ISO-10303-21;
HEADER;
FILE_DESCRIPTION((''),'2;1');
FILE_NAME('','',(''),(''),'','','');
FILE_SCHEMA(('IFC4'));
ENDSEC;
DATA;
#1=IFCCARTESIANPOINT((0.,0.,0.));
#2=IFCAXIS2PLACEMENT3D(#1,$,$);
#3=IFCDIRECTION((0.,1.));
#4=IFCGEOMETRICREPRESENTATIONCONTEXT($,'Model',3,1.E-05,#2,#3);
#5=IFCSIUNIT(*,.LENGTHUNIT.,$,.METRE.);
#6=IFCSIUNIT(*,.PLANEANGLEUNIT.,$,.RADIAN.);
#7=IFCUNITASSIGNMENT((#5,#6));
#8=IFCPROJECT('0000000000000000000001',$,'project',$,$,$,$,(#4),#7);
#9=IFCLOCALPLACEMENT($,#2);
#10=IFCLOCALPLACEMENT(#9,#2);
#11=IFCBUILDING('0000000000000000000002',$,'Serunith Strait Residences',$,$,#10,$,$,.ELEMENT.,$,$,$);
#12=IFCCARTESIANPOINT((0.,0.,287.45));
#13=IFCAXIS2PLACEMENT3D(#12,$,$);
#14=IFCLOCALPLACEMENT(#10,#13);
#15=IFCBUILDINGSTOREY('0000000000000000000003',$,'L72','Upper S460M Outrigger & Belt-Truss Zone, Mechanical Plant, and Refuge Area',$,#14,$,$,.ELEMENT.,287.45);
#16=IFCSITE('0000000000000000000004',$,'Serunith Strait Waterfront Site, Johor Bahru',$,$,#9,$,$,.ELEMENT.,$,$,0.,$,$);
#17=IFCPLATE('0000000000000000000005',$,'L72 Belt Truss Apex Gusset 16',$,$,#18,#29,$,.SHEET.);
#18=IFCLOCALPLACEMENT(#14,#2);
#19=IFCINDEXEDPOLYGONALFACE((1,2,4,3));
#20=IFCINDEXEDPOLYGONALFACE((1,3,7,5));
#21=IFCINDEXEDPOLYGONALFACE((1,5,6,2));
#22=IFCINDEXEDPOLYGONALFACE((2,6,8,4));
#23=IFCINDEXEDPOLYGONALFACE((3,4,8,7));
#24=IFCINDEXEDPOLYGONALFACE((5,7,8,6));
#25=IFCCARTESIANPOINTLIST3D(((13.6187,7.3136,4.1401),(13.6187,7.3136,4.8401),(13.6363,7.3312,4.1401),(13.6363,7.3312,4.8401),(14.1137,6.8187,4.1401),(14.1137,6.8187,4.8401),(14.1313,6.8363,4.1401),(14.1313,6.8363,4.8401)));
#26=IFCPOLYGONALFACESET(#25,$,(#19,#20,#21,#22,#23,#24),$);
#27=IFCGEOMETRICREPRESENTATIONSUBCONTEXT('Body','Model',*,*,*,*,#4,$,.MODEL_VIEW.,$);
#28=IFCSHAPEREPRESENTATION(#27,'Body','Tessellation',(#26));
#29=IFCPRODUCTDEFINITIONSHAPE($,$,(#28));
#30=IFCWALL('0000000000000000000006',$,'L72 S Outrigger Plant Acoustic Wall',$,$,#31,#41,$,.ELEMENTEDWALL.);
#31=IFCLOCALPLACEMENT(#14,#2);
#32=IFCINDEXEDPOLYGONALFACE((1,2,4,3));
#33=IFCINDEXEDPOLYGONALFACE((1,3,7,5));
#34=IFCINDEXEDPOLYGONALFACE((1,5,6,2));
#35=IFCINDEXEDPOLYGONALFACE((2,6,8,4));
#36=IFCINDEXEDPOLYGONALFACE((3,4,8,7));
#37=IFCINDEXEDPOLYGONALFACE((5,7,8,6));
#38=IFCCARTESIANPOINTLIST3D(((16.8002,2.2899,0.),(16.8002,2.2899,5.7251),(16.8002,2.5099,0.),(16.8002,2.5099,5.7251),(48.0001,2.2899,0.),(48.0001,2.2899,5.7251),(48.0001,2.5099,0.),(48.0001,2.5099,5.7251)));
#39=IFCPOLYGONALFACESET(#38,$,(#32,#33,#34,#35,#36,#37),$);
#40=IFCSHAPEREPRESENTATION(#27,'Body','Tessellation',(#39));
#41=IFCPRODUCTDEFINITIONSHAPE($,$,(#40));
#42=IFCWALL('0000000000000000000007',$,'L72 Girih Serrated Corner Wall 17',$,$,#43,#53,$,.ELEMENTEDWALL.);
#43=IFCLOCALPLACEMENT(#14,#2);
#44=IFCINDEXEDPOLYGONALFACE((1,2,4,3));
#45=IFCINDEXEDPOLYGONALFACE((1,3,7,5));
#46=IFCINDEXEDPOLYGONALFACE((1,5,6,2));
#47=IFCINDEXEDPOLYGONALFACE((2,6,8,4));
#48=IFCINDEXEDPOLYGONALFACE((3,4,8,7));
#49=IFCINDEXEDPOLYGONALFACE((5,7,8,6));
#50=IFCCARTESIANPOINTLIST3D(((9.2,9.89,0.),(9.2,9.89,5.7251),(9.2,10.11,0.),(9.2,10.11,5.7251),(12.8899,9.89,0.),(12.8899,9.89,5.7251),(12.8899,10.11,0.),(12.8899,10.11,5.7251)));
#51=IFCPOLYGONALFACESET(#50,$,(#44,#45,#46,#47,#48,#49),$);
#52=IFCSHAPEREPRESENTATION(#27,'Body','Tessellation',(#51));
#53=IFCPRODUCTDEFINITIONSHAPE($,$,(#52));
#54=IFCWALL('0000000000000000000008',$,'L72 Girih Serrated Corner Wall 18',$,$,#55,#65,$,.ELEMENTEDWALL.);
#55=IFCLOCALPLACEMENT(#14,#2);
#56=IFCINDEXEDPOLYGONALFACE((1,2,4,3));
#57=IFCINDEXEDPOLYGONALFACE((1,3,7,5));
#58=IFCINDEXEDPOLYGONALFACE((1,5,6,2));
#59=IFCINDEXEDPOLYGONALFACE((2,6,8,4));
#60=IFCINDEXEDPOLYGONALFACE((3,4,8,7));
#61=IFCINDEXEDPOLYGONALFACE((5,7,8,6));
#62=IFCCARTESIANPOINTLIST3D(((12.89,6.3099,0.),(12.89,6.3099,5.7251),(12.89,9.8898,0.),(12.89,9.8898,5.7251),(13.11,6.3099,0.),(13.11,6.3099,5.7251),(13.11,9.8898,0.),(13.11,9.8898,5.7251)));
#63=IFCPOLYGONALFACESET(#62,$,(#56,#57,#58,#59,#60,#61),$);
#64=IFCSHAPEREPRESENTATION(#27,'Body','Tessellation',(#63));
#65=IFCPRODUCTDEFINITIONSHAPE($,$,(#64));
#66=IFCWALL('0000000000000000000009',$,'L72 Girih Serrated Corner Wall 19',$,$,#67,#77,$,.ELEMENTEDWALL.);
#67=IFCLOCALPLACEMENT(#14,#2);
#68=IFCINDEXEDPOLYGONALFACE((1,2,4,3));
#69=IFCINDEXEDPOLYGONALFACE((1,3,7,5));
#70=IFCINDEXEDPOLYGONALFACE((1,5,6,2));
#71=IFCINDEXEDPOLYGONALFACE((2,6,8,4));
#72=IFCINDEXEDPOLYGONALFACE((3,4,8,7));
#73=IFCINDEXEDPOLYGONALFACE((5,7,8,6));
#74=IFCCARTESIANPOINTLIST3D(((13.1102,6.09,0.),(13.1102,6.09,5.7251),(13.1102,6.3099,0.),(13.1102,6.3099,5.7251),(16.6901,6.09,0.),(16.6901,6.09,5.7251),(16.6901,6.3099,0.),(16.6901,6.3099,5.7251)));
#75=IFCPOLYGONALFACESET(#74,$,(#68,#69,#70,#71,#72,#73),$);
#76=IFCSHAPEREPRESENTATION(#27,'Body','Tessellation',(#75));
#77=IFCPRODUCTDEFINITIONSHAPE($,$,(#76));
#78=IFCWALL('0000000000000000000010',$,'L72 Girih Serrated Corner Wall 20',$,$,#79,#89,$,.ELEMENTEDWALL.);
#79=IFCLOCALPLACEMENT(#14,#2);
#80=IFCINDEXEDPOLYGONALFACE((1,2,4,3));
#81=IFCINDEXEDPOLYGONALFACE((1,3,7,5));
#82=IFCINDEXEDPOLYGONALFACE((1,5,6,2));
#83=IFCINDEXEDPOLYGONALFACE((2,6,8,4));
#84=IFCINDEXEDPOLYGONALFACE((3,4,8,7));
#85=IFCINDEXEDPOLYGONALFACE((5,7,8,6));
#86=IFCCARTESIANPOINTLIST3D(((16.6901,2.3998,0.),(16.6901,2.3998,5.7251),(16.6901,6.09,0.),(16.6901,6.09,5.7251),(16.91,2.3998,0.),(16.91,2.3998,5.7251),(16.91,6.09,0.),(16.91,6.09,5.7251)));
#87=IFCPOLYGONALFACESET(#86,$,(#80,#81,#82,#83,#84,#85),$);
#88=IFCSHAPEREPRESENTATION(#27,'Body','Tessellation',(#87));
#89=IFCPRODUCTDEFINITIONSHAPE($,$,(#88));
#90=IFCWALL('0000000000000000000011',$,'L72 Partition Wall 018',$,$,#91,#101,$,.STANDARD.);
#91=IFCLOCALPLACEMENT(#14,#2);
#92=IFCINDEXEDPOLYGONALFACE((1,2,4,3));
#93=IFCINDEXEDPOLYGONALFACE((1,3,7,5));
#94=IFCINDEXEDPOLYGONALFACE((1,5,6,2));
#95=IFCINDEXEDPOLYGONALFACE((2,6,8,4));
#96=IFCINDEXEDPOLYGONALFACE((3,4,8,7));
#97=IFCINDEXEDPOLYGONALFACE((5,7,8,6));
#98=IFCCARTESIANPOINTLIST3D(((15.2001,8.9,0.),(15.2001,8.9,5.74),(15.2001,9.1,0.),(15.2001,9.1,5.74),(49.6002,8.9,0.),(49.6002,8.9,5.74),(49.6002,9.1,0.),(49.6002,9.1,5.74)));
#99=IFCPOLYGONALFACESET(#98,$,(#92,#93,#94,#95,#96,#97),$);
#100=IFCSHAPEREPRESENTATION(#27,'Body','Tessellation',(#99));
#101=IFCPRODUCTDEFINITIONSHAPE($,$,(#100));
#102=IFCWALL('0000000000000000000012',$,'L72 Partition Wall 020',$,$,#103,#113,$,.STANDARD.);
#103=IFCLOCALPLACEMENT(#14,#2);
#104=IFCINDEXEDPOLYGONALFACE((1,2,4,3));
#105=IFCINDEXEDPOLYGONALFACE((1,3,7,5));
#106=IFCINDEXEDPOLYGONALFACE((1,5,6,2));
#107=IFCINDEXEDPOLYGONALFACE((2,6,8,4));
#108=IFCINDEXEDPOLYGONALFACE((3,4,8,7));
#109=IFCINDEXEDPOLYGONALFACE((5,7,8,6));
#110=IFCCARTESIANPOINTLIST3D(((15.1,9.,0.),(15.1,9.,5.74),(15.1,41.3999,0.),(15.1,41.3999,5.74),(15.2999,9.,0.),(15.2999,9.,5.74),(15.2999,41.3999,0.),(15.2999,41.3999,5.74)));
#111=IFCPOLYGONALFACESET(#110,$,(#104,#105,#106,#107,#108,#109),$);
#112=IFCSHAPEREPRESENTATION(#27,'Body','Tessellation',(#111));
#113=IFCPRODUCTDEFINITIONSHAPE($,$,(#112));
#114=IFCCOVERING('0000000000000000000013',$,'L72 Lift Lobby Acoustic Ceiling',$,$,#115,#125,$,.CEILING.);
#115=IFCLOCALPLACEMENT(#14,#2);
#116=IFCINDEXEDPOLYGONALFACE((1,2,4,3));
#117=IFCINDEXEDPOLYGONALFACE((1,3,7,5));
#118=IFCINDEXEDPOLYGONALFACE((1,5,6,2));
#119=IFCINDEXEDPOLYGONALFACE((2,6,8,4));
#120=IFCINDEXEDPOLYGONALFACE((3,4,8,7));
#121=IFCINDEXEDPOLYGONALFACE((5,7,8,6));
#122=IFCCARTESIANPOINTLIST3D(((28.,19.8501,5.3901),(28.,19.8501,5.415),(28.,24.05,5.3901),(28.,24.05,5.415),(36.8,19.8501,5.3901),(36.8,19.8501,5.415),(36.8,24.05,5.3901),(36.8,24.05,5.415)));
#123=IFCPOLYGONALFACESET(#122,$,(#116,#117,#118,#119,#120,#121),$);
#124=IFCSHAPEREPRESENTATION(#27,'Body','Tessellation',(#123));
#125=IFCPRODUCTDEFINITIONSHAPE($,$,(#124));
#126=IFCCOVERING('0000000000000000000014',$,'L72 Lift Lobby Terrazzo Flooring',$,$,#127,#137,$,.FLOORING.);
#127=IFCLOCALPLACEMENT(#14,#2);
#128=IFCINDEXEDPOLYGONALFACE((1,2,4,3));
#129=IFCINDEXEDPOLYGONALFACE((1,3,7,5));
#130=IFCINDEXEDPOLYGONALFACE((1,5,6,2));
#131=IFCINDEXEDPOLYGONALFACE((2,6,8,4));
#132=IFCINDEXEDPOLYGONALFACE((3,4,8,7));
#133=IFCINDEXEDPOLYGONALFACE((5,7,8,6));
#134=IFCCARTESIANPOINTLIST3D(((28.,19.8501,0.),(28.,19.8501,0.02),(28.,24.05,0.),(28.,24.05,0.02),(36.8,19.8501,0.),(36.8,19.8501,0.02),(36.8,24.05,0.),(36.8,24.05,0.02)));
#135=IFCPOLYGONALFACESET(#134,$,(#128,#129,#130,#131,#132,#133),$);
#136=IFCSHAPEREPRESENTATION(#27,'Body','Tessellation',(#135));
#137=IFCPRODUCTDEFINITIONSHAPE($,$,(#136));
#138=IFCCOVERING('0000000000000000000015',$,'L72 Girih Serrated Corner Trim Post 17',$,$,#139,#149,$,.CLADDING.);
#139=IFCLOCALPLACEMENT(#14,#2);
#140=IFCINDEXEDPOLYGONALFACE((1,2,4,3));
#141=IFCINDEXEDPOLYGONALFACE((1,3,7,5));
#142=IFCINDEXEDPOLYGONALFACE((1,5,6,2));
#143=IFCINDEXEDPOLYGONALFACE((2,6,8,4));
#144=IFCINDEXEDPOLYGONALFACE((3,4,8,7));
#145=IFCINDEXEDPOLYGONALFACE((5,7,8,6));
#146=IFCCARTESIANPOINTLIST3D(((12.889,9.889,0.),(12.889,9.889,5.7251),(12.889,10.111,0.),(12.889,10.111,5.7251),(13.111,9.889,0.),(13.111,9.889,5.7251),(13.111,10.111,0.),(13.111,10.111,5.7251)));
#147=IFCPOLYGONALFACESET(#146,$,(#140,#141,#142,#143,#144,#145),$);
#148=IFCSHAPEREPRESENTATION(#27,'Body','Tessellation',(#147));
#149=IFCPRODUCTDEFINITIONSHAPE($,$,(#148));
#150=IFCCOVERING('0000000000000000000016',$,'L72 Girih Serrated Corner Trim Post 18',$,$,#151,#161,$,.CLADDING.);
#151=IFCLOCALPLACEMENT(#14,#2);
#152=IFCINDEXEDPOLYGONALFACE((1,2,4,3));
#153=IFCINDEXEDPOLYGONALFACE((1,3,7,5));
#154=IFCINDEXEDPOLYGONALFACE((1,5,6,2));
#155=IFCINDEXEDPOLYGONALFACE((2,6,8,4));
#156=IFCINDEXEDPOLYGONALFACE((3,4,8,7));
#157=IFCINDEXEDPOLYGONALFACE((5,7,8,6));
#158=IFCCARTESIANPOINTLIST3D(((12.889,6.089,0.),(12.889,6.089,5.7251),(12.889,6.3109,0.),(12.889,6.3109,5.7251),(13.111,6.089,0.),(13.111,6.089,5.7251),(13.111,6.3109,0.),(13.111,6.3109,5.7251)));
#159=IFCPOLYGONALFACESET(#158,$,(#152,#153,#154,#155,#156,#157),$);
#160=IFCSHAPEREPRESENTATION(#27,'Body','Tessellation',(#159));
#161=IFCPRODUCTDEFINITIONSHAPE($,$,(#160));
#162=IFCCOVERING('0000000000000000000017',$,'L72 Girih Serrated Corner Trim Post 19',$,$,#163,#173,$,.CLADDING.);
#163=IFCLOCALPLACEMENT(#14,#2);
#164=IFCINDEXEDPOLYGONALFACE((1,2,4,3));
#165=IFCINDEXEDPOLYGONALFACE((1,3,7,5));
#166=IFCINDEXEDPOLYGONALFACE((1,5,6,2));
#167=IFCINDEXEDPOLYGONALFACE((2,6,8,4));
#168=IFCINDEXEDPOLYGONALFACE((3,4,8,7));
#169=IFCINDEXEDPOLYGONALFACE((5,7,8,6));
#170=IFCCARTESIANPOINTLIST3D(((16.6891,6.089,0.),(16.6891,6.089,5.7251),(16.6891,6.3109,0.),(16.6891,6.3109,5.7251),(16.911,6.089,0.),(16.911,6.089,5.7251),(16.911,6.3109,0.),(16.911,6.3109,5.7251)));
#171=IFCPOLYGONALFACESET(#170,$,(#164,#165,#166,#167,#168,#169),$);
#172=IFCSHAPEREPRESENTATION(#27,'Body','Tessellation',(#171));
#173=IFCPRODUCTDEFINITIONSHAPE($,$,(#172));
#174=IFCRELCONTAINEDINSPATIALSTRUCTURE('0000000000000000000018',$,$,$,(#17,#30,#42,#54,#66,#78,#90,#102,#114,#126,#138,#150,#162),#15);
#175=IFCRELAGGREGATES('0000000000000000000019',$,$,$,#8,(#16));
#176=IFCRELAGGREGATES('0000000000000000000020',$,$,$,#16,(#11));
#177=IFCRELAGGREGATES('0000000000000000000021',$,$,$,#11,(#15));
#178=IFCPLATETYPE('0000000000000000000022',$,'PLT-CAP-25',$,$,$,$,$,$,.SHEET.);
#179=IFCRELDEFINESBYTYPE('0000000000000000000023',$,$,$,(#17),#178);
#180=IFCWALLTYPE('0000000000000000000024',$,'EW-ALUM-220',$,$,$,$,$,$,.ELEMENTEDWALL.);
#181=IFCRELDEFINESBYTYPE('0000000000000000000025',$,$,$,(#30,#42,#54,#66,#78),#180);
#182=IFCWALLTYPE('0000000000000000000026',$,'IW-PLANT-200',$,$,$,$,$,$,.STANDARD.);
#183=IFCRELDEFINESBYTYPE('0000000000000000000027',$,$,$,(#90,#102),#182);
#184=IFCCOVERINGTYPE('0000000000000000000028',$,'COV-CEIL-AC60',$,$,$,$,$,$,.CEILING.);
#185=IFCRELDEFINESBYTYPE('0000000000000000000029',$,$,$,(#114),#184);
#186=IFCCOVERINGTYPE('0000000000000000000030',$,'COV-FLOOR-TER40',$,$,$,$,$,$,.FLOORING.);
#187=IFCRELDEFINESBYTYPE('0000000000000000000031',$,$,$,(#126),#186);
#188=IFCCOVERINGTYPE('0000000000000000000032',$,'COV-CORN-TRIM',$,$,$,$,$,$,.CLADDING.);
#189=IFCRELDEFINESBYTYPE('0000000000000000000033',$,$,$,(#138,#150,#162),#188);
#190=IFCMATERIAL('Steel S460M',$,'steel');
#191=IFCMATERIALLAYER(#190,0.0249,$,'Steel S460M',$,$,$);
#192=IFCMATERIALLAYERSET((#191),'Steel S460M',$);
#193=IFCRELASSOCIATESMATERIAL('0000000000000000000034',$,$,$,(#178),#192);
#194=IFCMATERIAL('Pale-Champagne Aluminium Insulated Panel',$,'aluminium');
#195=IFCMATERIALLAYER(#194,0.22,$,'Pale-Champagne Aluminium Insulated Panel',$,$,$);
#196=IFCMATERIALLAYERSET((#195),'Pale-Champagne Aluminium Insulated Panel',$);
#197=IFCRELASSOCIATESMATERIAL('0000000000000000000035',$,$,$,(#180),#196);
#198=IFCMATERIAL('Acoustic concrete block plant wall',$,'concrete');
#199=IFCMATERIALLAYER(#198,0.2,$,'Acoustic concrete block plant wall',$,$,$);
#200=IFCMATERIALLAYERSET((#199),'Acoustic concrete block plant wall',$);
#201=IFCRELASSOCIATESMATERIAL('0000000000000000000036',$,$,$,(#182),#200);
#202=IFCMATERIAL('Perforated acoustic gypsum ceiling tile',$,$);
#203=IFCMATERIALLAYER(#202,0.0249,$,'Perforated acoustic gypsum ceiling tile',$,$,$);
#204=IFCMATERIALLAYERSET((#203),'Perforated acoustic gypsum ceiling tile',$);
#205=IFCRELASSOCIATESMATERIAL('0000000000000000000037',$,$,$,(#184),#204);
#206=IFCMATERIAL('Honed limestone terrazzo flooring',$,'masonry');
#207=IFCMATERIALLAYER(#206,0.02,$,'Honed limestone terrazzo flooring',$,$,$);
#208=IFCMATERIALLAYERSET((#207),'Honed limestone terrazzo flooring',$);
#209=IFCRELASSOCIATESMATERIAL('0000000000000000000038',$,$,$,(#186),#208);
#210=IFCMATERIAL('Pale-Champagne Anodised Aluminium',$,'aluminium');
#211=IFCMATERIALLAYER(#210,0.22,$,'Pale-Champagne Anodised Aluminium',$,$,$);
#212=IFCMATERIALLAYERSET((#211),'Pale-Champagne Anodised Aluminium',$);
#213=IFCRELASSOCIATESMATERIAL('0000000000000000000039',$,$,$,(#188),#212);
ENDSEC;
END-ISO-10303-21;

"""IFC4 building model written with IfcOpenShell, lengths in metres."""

from ifc_helpers import new_model, si_unit, direction, frame, frame_2d, origin, origin_2d, place, context, subcontext, project, spatial, polyline, rectangle, outline, extrude, source, transform, mapped, material, layer, layer_set, type_object, element, save


model = new_model("IFC4")

# Units and contexts
model_context = context("Model", 3, precision=1e-05, world=origin(), true_north=direction((0.0, 1.0)))
body_context = subcontext(model_context, "Body", "Model", "MODEL_VIEW")
ifc_project = project(units=[si_unit("LENGTHUNIT", "METRE"), si_unit("PLANEANGLEUNIT", "RADIAN")], contexts=[model_context])

# Site, building, storey
site_placement = place(None, origin())
site = spatial("IfcSite", under=ifc_project, at=site_placement, Name="Serunith Strait Waterfront Site, Johor Bahru", CompositionType="ELEMENT", RefElevation=0.0)
building_placement = place(site_placement, origin())
building = spatial("IfcBuilding", under=site, at=building_placement, Name="Serunith Strait Residences", CompositionType="ELEMENT")
storey_placement = place(building_placement, frame((0.0, 0.0, 287.45)))
storey = spatial("IfcBuildingStorey", under=building, at=storey_placement, Name="L72", Description="Upper S460M Outrigger & Belt-Truss Zone, Mechanical Plant, and Refuge Area", CompositionType="ELEMENT", Elevation=287.45)

# Shared definitions
ifc_material_1 = material(Name="Steel S460M", Category="steel")

# Plate
ifc_layer_1 = layer(ifc_material_1, 0.0249, Name="Steel S460M")
ifc_layer_set_1 = layer_set([ifc_layer_1], Name="Steel S460M")
plate_type = type_object("IfcPlateType", Name="PLT-CAP-25", PredefinedType="SHEET", material=ifc_layer_set_1)
shared_shape_1 = source(origin(), body_context, "Body", "SweptSolid", [
    extrude(rectangle(XDim=0.7, YDim=0.0249, at=origin_2d()), origin(), (0.0, 0.0, 1.0), 0.7),
])
plate_placement = place(storey_placement, frame((13.875, 7.075, 4.1401), z_axis=(0.0, 0.0, 1.0), x_axis=(0.707107, -0.707107, 0.0)))
element("IfcPlate", 1, at=plate_placement, inside=storey, type_object=plate_type, Name="L72 Belt Truss Apex Gusset 16", PredefinedType="SHEET", context=body_context, shape_type="MappedRepresentation", body=[
    mapped(shared_shape_1, transform((0.0, 0.0, 0.0), scale=1.0)),
])

# Walls
ifc_material_2 = material(Name="Pale-Champagne Aluminium Insulated Panel", Category="aluminium")
ifc_layer_2 = layer(ifc_material_2, 0.22, Name="Pale-Champagne Aluminium Insulated Panel")
ifc_layer_set_2 = layer_set([ifc_layer_2], Name="Pale-Champagne Aluminium Insulated Panel")
wall_type_1 = type_object("IfcWallType", Name="EW-ALUM-220", PredefinedType="ELEMENTEDWALL", material=ifc_layer_set_2)
wall_1_placement = place(storey_placement, frame((16.8, 2.3999, 0.0), z_axis=(0.0, 0.0, 1.0), x_axis=(1.0, 0.0, 0.0)))
element("IfcWall", 2, at=wall_1_placement, inside=storey, type_object=wall_type_1, Name="L72 S Outrigger Plant Acoustic Wall", PredefinedType="ELEMENTEDWALL", context=body_context, shape_type="SweptSolid", body=[
    extrude(rectangle(XDim=31.2, YDim=0.22, at=frame_2d((15.6001, 0.0))), origin(), (0.0, 0.0, 1.0), 5.7251),
])
wall_2_placement = place(storey_placement, frame((9.2, 10.0, 0.0), z_axis=(0.0, 0.0, 1.0), x_axis=(1.0, 0.0, 0.0)))
element("IfcWall", 3, at=wall_2_placement, inside=storey, type_object=wall_type_1, Name="L72 Girih Serrated Corner Wall 17", PredefinedType="ELEMENTEDWALL", context=body_context, shape_type="SweptSolid", body=[
    extrude(rectangle(XDim=3.6899, YDim=0.22, at=frame_2d((1.845, 0.0))), origin(), (0.0, 0.0, 1.0), 5.7251),
])
for number, where, z_axis, x_axis, name in (
    (4, (13.0, 9.8899, 0.0), (0.0, 0.0, 1.0), (0.0, -1.0, 0.0), "L72 Girih Serrated Corner Wall 18"),
    (5, (13.1101, 6.2, 0.0), (0.0, 0.0, 1.0), (1.0, 0.0, 0.0), "L72 Girih Serrated Corner Wall 19"),
):
    element("IfcWall", number, at=place(storey_placement, frame(where, z_axis=z_axis, x_axis=x_axis)), inside=storey, type_object=wall_type_1, Name=name, PredefinedType="ELEMENTEDWALL", context=body_context, shape_type="SweptSolid", body=[
        extrude(rectangle(XDim=3.5798, YDim=0.22, at=frame_2d((1.79, 0.0))), origin(), (0.0, 0.0, 1.0), 5.7251),
    ])
wall_3_placement = place(storey_placement, frame((16.8, 6.0901, 0.0), z_axis=(0.0, 0.0, 1.0), x_axis=(0.0, -1.0, 0.0)))
element("IfcWall", 6, at=wall_3_placement, inside=storey, type_object=wall_type_1, Name="L72 Girih Serrated Corner Wall 20", PredefinedType="ELEMENTEDWALL", context=body_context, shape_type="SweptSolid", body=[
    extrude(rectangle(XDim=3.6902, YDim=0.22, at=frame_2d((1.8452, 0.0))), origin(), (0.0, 0.0, 1.0), 5.7251),
])
ifc_material_3 = material(Name="Acoustic concrete block plant wall", Category="concrete")
ifc_layer_3 = layer(ifc_material_3, 0.2, Name="Acoustic concrete block plant wall")
ifc_layer_set_3 = layer_set([ifc_layer_3], Name="Acoustic concrete block plant wall")
wall_type_2 = type_object("IfcWallType", Name="IW-PLANT-200", PredefinedType="STANDARD", material=ifc_layer_set_3)
wall_4_placement = place(storey_placement, frame((15.2, 9.0, 0.0), z_axis=(0.0, 0.0, 1.0), x_axis=(1.0, 0.0, 0.0)))
element("IfcWall", 7, at=wall_4_placement, inside=storey, type_object=wall_type_2, Name="L72 Partition Wall 018", PredefinedType="STANDARD", context=body_context, shape_type="SweptSolid", body=[
    extrude(rectangle(XDim=34.4001, YDim=0.2, at=frame_2d((17.2002, 0.0))), origin(), (0.0, 0.0, 1.0), 5.74),
])
wall_5_placement = place(storey_placement, frame((15.2, 9.0, 0.0), z_axis=(0.0, 0.0, 1.0), x_axis=(0.0, 1.0, 0.0)))
element("IfcWall", 8, at=wall_5_placement, inside=storey, type_object=wall_type_2, Name="L72 Partition Wall 020", PredefinedType="STANDARD", context=body_context, shape_type="SweptSolid", body=[
    extrude(rectangle(XDim=32.3999, YDim=0.2, at=frame_2d((16.2, 0.0))), origin(), (0.0, 0.0, 1.0), 5.74),
])

# Coverings
ifc_material_4 = material(Name="Perforated acoustic gypsum ceiling tile")
ifc_layer_4 = layer(ifc_material_4, 0.0249, Name="Perforated acoustic gypsum ceiling tile")
ifc_layer_set_4 = layer_set([ifc_layer_4], Name="Perforated acoustic gypsum ceiling tile")
covering_type_1 = type_object("IfcCoveringType", Name="COV-CEIL-AC60", PredefinedType="CEILING", material=ifc_layer_set_4)
covering_1_placement = place(storey_placement, frame((0.0, 0.0, 5.3901)))
element("IfcCovering", 9, at=covering_1_placement, inside=storey, type_object=covering_type_1, Name="L72 Lift Lobby Acoustic Ceiling", PredefinedType="CEILING", context=body_context, shape_type="SweptSolid", body=[
    extrude(outline(polyline([(28.0, 19.8501), (36.8, 19.8501), (36.8, 24.05), (28.0, 24.05), (28.0, 19.8501)])), origin(), (0.0, 0.0, 1.0), 0.0249),
])
ifc_material_5 = material(Name="Honed limestone terrazzo flooring", Category="masonry")
ifc_layer_5 = layer(ifc_material_5, 0.02, Name="Honed limestone terrazzo flooring")
ifc_layer_set_5 = layer_set([ifc_layer_5], Name="Honed limestone terrazzo flooring")
covering_type_2 = type_object("IfcCoveringType", Name="COV-FLOOR-TER40", PredefinedType="FLOORING", material=ifc_layer_set_5)
covering_2_placement = place(storey_placement, origin())
element("IfcCovering", 10, at=covering_2_placement, inside=storey, type_object=covering_type_2, Name="L72 Lift Lobby Terrazzo Flooring", PredefinedType="FLOORING", context=body_context, shape_type="SweptSolid", body=[
    extrude(outline(polyline([(28.0, 19.8501), (36.8, 19.8501), (36.8, 24.05), (28.0, 24.05), (28.0, 19.8501)])), origin(), (0.0, 0.0, 1.0), 0.02),
])
ifc_material_6 = material(Name="Pale-Champagne Anodised Aluminium", Category="aluminium")
ifc_layer_6 = layer(ifc_material_6, 0.22, Name="Pale-Champagne Anodised Aluminium")
ifc_layer_set_6 = layer_set([ifc_layer_6], Name="Pale-Champagne Anodised Aluminium")
covering_type_3 = type_object("IfcCoveringType", Name="COV-CORN-TRIM", PredefinedType="CLADDING", material=ifc_layer_set_6)
shared_shape_2 = source(origin(), body_context, "Body", "SweptSolid", [
    extrude(rectangle(XDim=0.2219, YDim=0.2219, at=origin_2d()), origin(), (0.0, 0.0, 1.0), 5.7251),
])
for number, where, z_axis, x_axis, name in (
    (11, (13.0, 10.0, 0.0), (0.0, 0.0, 1.0), (1.0, 0.0, 0.0), "L72 Girih Serrated Corner Trim Post 17"),
    (12, (13.0, 6.2, 0.0), (0.0, 0.0, 1.0), (1.0, 0.0, 0.0), "L72 Girih Serrated Corner Trim Post 18"),
    (13, (16.8, 6.2, 0.0), (0.0, 0.0, 1.0), (1.0, 0.0, 0.0), "L72 Girih Serrated Corner Trim Post 19"),
):
    element("IfcCovering", number, at=place(storey_placement, frame(where, z_axis=z_axis, x_axis=x_axis)), inside=storey, type_object=covering_type_3, Name=name, PredefinedType="CLADDING", context=body_context, shape_type="MappedRepresentation", body=[
        mapped(shared_shape_2, transform((0.0, 0.0, 0.0), scale=1.0)),
    ])

save(model, "model.ifc")
